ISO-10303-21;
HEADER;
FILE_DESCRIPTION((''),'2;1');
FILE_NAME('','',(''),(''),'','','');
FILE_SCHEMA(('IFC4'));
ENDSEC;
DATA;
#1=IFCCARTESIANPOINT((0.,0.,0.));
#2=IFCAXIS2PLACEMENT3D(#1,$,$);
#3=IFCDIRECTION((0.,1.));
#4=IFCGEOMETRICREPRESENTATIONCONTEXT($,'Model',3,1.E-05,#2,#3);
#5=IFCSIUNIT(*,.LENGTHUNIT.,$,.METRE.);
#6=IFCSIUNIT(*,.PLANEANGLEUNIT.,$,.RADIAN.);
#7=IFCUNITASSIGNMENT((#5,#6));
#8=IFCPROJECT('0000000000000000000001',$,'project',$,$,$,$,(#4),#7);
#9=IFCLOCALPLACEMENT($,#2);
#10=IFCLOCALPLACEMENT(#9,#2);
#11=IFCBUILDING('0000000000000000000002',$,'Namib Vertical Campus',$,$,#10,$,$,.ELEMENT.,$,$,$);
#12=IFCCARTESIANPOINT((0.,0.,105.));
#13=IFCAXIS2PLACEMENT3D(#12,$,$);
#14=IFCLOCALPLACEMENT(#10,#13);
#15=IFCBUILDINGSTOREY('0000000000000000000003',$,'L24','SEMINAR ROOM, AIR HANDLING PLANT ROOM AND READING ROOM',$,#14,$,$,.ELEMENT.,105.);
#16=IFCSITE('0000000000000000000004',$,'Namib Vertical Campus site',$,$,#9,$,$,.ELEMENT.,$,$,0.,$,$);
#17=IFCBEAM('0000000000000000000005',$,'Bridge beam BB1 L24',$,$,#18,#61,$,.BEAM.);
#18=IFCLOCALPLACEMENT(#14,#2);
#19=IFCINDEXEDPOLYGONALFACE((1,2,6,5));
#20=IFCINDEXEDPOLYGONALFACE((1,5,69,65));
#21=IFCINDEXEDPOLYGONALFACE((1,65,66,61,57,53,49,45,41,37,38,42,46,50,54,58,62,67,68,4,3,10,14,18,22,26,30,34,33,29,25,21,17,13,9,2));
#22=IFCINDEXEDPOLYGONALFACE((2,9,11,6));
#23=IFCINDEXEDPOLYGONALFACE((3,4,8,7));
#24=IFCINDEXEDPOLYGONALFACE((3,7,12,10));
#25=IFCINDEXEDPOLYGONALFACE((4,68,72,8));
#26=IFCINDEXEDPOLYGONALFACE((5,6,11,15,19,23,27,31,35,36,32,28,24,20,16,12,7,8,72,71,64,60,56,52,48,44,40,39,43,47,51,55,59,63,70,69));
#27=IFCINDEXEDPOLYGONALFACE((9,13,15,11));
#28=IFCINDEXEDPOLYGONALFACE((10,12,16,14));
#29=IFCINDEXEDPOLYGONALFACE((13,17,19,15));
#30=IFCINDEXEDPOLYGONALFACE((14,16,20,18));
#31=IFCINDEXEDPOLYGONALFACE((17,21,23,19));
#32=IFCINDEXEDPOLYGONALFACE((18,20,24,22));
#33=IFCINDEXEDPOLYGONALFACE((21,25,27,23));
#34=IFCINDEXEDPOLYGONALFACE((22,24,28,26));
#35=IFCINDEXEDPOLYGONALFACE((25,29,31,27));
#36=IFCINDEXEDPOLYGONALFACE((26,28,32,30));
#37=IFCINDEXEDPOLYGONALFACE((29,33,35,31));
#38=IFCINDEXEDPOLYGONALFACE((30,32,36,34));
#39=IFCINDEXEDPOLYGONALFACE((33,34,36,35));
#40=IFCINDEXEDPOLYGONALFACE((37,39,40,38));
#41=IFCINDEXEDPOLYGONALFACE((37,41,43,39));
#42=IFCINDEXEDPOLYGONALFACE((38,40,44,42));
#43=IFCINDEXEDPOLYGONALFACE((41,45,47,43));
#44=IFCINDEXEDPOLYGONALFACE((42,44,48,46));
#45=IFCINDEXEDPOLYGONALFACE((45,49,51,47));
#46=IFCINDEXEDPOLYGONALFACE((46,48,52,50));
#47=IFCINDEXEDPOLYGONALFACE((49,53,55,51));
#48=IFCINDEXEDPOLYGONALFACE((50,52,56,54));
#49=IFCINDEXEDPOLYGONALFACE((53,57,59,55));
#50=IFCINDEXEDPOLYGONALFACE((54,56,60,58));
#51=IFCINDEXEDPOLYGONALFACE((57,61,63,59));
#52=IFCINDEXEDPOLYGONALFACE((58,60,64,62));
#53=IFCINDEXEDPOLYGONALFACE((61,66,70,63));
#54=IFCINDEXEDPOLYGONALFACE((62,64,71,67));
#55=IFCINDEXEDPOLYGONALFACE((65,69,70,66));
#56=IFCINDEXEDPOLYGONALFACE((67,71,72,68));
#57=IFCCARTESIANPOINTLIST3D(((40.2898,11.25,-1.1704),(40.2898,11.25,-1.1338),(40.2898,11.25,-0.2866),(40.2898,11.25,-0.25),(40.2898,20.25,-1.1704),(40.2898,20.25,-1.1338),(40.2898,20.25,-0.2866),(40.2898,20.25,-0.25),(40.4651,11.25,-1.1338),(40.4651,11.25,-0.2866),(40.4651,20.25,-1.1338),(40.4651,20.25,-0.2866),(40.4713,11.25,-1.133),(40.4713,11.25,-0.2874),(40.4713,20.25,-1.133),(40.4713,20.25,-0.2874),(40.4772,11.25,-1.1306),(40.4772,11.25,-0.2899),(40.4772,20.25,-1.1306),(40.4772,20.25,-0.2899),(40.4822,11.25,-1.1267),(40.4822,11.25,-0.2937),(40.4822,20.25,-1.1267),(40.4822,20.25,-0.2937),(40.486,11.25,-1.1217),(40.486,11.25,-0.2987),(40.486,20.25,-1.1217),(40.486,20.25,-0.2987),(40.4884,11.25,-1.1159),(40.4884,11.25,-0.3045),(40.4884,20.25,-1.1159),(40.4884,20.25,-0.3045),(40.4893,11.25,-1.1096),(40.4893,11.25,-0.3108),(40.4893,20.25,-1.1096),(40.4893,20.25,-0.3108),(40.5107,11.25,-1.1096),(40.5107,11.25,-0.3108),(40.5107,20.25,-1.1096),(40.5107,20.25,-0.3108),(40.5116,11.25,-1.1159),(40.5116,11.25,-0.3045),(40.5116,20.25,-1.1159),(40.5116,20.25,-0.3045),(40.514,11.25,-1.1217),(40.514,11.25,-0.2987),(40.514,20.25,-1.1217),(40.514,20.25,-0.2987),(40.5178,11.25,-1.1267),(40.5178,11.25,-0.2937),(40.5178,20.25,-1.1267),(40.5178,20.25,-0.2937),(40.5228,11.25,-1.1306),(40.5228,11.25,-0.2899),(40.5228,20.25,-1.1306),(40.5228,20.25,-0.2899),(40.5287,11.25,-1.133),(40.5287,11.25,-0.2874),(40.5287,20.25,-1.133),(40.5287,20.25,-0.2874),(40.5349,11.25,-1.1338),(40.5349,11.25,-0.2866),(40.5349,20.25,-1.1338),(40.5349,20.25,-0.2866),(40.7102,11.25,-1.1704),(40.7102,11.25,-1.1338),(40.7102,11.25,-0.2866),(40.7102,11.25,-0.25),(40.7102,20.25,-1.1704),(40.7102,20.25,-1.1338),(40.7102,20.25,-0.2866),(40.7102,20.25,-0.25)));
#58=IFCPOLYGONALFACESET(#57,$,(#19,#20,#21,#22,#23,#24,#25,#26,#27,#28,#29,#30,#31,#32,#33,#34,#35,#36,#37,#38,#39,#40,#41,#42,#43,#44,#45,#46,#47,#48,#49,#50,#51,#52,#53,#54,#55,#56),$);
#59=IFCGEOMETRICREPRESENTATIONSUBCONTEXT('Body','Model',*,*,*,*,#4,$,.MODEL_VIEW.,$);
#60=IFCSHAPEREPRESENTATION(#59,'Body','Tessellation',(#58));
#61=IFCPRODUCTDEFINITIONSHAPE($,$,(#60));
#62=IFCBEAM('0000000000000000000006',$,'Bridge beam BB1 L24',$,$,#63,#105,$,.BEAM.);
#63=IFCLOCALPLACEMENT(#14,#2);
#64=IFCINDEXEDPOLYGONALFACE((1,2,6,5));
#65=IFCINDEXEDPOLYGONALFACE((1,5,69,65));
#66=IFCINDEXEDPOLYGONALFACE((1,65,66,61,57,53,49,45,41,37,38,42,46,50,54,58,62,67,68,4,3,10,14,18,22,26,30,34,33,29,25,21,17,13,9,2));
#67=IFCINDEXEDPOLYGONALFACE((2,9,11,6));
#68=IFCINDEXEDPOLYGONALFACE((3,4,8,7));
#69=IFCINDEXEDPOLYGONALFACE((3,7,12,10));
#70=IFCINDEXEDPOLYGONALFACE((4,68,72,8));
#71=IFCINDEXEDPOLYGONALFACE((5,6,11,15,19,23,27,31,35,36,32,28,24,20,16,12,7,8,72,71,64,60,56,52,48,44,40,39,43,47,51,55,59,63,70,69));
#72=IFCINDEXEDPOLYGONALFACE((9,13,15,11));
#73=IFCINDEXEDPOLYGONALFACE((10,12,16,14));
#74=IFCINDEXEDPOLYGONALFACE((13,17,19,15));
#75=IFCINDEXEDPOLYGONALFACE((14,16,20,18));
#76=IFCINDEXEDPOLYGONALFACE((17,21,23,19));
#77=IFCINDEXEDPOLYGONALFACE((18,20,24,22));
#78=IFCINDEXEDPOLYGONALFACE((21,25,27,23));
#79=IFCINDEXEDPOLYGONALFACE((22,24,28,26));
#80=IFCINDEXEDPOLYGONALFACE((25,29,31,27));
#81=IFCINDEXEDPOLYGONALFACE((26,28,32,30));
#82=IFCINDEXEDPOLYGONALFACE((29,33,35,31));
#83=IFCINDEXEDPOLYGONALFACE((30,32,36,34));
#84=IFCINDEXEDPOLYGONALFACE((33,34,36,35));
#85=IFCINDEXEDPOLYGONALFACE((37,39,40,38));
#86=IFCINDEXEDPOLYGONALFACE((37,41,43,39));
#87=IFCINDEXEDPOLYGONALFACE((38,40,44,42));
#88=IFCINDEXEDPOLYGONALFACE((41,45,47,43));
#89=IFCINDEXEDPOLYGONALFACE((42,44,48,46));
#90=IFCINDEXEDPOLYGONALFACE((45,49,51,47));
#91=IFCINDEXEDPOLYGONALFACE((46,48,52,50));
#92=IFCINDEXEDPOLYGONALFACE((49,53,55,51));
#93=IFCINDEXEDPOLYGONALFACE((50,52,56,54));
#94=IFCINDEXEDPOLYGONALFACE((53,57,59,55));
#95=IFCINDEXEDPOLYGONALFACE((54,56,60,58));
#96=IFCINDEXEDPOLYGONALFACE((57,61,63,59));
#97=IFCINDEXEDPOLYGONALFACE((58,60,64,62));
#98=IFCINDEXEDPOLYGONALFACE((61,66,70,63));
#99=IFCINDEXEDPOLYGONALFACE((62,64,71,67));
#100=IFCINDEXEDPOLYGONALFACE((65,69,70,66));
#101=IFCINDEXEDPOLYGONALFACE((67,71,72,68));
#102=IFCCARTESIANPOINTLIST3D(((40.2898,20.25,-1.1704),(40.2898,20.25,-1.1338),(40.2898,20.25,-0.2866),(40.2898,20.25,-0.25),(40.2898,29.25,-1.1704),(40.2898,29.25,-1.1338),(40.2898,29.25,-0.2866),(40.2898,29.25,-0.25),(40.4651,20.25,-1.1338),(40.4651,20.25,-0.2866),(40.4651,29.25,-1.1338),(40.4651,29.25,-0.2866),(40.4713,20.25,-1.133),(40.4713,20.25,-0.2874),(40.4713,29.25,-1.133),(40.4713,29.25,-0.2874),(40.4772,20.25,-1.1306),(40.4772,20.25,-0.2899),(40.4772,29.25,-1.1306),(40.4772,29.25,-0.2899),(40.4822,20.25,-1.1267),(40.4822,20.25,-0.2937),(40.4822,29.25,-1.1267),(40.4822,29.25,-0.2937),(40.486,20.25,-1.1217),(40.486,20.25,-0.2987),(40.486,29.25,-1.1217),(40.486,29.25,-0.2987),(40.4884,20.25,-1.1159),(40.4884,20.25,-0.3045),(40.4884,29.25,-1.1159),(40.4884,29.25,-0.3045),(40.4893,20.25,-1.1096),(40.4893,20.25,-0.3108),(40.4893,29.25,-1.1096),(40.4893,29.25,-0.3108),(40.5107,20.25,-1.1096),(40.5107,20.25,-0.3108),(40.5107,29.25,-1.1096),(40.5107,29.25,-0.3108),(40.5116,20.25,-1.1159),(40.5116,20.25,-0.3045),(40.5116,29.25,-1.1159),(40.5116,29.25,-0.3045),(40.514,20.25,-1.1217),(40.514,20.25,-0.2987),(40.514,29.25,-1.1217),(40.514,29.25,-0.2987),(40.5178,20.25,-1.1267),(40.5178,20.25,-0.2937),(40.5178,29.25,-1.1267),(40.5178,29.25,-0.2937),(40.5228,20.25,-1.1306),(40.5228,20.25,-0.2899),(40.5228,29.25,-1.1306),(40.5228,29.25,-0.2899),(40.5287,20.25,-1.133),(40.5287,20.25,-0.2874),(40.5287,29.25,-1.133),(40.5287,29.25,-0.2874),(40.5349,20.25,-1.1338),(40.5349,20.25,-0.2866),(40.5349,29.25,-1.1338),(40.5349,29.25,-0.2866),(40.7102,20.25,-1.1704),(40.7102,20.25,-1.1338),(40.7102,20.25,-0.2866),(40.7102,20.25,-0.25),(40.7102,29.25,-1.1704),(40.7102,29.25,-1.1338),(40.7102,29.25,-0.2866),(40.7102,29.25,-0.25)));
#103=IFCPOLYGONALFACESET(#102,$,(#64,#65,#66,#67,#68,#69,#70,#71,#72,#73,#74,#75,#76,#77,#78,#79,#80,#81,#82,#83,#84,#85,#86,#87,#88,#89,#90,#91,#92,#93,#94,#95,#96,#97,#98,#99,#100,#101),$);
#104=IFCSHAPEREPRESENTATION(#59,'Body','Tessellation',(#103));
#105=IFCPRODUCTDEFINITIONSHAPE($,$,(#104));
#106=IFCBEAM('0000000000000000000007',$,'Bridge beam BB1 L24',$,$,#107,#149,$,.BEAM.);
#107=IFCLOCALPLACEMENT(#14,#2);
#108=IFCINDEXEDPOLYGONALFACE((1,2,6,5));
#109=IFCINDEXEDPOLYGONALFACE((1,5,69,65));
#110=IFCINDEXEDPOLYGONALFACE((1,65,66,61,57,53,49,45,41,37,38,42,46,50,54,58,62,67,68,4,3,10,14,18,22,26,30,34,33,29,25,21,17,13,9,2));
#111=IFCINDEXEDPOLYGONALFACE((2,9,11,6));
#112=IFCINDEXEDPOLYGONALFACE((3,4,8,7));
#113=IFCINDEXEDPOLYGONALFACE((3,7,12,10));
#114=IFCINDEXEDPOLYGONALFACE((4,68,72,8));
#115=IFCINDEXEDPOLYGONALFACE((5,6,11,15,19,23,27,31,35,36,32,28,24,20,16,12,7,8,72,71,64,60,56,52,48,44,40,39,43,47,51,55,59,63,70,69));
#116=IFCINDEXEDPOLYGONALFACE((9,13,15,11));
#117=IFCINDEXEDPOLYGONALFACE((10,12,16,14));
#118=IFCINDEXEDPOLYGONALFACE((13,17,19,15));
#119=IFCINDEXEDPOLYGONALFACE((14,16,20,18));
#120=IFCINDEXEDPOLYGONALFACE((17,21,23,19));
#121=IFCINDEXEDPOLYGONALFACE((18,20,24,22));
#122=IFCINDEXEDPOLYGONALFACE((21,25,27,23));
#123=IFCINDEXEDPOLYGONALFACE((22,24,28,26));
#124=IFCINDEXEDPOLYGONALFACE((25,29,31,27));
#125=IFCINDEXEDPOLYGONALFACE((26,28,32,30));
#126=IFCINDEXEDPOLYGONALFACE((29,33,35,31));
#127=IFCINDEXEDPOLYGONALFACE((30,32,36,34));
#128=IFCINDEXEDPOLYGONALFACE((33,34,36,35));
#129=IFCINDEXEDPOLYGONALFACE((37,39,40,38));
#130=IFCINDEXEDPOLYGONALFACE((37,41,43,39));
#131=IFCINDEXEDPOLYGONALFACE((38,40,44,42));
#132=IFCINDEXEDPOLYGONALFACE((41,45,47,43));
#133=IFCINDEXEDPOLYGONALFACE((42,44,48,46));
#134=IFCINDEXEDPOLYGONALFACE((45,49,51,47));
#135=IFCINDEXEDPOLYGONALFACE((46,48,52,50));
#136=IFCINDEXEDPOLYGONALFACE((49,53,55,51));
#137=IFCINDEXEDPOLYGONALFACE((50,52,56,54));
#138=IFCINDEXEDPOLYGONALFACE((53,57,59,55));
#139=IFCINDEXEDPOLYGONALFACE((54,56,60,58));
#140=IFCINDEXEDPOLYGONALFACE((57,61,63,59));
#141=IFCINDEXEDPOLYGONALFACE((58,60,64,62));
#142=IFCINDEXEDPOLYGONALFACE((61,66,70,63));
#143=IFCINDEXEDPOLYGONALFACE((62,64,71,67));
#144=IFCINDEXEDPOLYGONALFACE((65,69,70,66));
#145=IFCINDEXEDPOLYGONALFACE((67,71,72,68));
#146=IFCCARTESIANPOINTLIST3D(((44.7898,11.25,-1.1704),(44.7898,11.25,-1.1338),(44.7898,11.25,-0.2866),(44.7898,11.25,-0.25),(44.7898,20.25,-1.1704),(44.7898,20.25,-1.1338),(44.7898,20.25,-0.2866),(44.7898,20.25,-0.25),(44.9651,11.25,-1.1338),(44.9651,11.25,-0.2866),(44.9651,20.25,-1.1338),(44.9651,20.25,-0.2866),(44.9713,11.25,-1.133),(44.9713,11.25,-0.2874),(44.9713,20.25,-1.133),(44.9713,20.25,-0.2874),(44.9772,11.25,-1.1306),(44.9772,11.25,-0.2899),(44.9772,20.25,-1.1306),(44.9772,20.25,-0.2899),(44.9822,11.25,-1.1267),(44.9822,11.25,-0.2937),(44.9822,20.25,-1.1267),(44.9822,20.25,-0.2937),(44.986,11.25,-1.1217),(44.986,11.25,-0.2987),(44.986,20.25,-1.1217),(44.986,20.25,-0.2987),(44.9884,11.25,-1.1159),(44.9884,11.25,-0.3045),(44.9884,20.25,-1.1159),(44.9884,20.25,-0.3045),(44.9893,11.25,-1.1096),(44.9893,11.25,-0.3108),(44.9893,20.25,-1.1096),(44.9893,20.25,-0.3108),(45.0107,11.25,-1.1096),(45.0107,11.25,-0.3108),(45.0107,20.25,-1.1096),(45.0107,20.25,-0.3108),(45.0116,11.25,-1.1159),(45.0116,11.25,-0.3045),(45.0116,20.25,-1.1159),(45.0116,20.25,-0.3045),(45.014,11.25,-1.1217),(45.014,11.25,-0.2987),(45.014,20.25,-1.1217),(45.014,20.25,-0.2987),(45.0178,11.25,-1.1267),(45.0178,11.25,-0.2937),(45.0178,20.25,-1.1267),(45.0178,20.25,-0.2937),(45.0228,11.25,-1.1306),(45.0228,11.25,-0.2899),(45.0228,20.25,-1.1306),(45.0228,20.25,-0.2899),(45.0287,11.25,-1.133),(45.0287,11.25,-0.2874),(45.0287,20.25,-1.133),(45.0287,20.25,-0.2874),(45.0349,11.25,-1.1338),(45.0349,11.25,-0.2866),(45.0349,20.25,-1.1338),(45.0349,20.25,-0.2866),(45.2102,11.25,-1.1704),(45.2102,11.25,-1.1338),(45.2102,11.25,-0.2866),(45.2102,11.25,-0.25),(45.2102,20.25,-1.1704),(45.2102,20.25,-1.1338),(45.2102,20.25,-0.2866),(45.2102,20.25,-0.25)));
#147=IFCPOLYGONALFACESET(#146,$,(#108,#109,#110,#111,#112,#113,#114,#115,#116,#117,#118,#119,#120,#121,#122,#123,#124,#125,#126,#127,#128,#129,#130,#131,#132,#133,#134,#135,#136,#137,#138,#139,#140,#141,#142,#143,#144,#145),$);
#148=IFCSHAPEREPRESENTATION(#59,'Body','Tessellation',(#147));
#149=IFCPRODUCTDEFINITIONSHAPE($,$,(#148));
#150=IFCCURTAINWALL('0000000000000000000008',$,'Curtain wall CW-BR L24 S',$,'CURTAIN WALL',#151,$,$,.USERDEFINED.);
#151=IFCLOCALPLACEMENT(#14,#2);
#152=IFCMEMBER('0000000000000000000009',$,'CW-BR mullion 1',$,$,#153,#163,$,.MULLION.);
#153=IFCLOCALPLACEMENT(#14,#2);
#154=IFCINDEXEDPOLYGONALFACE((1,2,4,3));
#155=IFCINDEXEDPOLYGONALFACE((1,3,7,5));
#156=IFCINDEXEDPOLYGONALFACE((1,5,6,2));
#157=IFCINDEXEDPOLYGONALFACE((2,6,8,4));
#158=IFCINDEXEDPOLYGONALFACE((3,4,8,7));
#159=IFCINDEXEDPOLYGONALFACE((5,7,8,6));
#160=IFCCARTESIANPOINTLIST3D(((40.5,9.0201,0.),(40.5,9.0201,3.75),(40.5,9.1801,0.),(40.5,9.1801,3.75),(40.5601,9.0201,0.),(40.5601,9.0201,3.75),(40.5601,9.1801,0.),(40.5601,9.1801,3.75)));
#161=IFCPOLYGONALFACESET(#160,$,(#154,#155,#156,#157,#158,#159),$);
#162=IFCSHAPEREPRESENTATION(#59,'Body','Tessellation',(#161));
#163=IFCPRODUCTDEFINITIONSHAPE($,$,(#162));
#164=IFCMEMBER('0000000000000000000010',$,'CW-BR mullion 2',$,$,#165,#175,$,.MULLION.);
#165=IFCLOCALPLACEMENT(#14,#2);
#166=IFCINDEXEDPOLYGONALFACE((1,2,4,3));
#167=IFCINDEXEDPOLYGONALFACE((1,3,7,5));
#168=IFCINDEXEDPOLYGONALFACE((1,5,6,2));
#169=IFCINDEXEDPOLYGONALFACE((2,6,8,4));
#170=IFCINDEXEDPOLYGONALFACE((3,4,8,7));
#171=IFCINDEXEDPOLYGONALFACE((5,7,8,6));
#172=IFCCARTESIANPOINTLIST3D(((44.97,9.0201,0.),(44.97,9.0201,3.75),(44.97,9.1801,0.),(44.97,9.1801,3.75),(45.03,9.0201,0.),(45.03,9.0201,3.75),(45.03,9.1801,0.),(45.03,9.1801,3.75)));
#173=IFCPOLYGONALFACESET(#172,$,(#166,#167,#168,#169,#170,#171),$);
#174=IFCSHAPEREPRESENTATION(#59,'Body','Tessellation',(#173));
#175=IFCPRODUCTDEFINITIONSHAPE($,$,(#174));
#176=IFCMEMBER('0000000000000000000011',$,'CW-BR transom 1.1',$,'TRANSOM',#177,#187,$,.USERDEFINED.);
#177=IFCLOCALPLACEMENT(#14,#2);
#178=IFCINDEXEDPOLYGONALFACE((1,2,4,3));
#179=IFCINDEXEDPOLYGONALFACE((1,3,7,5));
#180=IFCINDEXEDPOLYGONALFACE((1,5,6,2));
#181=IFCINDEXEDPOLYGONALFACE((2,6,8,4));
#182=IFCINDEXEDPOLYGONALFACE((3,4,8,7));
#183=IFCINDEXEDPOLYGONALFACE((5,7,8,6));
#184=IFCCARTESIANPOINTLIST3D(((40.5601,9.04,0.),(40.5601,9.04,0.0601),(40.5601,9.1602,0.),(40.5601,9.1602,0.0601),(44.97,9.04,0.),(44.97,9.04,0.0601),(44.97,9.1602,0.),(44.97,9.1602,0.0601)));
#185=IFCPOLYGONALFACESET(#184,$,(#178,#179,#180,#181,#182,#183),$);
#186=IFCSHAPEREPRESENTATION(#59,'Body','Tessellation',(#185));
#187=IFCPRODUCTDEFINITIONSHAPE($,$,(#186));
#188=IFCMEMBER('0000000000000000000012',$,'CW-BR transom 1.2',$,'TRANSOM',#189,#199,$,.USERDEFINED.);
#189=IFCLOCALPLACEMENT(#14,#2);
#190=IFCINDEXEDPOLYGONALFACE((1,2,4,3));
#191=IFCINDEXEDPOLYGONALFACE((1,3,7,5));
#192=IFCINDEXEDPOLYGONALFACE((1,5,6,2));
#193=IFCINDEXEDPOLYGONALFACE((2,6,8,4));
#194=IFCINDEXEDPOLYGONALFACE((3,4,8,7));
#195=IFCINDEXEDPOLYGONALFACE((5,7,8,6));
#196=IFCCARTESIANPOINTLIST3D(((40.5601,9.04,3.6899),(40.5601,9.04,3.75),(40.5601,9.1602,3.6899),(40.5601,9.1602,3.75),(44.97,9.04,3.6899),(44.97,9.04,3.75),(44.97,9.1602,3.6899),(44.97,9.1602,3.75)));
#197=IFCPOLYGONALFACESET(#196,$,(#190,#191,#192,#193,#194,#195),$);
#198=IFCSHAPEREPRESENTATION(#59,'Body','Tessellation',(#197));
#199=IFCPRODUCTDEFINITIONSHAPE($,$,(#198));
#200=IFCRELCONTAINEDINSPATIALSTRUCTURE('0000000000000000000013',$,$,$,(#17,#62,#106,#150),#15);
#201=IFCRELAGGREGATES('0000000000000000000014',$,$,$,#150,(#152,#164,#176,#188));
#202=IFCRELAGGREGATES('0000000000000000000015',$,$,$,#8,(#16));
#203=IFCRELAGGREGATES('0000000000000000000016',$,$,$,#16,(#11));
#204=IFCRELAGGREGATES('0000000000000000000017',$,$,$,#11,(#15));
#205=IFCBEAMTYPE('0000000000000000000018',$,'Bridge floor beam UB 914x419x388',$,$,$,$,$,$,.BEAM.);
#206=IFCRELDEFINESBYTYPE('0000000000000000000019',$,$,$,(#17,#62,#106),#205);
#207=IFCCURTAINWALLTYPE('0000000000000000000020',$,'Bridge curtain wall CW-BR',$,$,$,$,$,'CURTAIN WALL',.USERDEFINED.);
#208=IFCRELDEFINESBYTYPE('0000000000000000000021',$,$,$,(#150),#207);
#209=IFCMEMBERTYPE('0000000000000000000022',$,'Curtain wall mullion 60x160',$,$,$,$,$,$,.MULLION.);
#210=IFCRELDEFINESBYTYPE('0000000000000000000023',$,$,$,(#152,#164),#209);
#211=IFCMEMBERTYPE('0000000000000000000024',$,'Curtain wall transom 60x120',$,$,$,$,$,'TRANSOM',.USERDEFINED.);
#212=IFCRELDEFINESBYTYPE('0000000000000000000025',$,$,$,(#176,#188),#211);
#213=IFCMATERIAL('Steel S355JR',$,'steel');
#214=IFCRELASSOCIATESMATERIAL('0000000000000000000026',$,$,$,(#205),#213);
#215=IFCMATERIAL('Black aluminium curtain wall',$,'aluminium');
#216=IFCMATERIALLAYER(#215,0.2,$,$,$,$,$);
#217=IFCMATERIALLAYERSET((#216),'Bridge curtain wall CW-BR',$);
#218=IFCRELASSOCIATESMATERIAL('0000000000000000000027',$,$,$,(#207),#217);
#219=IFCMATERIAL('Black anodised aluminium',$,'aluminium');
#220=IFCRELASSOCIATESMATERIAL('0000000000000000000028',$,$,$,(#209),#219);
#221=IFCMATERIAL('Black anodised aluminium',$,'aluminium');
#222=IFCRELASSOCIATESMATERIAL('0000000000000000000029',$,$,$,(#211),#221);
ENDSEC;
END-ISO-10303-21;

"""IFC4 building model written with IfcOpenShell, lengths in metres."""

from ifc_helpers import new_model, si_unit, direction, frame, origin, origin_2d, place, context, subcontext, project, spatial, rectangle, i_section, extrude, material, layer, layer_set, material_profile, profile_set, type_object, element, aggregate, save


model = new_model("IFC4")

# Units and contexts
model_context = context("Model", 3, precision=1e-05, world=origin(), true_north=direction((0.0, 1.0)))
body_context = subcontext(model_context, "Body", "Model", "MODEL_VIEW")
ifc_project = project(units=[si_unit("LENGTHUNIT", "METRE"), si_unit("PLANEANGLEUNIT", "RADIAN")], contexts=[model_context])

# Site, building, storey
site_placement = place(None, origin())
site = spatial("IfcSite", under=ifc_project, at=site_placement, Name="Namib Vertical Campus site", CompositionType="ELEMENT", RefElevation=0.0)
building_placement = place(site_placement, origin())
building = spatial("IfcBuilding", under=site, at=building_placement, Name="Namib Vertical Campus", CompositionType="ELEMENT")
storey_placement = place(building_placement, frame((0.0, 0.0, 105.0)))
storey = spatial("IfcBuildingStorey", under=building, at=storey_placement, Name="L24", Description="SEMINAR ROOM, AIR HANDLING PLANT ROOM AND READING ROOM", CompositionType="ELEMENT", Elevation=105.0)

# Beams
ifc_material_1 = material(Name="Steel S355JR", Category="steel")
ifc_material_profile_1 = material_profile(ifc_material_1, i_section(OverallWidth=0.4204, OverallDepth=0.9204, WebThickness=0.0215, FlangeThickness=0.0366, FilletRadius=0.0242, at=origin_2d()))
ifc_profile_set_1 = profile_set([ifc_material_profile_1], Name="Steel S355JR")
beam_type_1 = type_object("IfcBeamType", Name="Bridge floor beam UB 914x419x388", PredefinedType="BEAM", material=ifc_profile_set_1)
for number, where, z_axis, x_axis, name in (
    (1, (40.5, 11.25, -0.7102), (0.0, 1.0, 0.0), (-1.0, 0.0, 0.0), "Bridge beam BB1 L24"),
    (2, (40.5, 20.25, -0.7102), (0.0, 1.0, 0.0), (-1.0, 0.0, 0.0), "Bridge beam BB1 L24"),
    (3, (45.0, 11.25, -0.7102), (0.0, 1.0, 0.0), (-1.0, 0.0, 0.0), "Bridge beam BB1 L24"),
):
    element("IfcBeam", number, at=place(storey_placement, frame(where, z_axis=z_axis, x_axis=x_axis)), inside=storey, type_object=beam_type_1, Name=name, PredefinedType="BEAM", context=body_context, shape_type="SweptSolid", body=[
        extrude(i_section(OverallWidth=0.4204, OverallDepth=0.9204, WebThickness=0.0215, FlangeThickness=0.0366, FilletRadius=0.0242, at=origin_2d()), origin(), (0.0, 0.0, 1.0), 9.0),
    ])

# Curtain wall, members
ifc_material_2 = material(Name="Black aluminium curtain wall", Category="aluminium")
ifc_layer_1 = layer(ifc_material_2, 0.2)
ifc_layer_set_1 = layer_set([ifc_layer_1], Name="Bridge curtain wall CW-BR")
curtain_wall_type = type_object("IfcCurtainWallType", Name="Bridge curtain wall CW-BR", ElementType="CURTAIN WALL", PredefinedType="USERDEFINED", material=ifc_layer_set_1)
curtain_wall_placement = place(storey_placement, origin())
curtain_wall = element("IfcCurtainWall", 4, at=curtain_wall_placement, inside=storey, type_object=curtain_wall_type, Name="Curtain wall CW-BR L24 S", ObjectType="CURTAIN WALL", PredefinedType="USERDEFINED")
ifc_material_3 = material(Name="Black anodised aluminium", Category="aluminium")
ifc_material_profile_2 = material_profile(ifc_material_3, rectangle(XDim=0.0601, YDim=0.1599, at=origin_2d()))
ifc_profile_set_2 = profile_set([ifc_material_profile_2], Name="Black anodised aluminium")
member_type_1 = type_object("IfcMemberType", Name="Curtain wall mullion 60x160", PredefinedType="MULLION", material=ifc_profile_set_2)
member_1_placement = place(storey_placement, frame((40.53, 9.1001, 0.0), z_axis=(0.0, 0.0, 1.0), x_axis=(1.0, 0.0, 0.0)))
member_1 = element("IfcMember", 5, at=member_1_placement, type_object=member_type_1, Name="CW-BR mullion 1", PredefinedType="MULLION", context=body_context, shape_type="SweptSolid", body=[
    extrude(rectangle(XDim=0.0601, YDim=0.1599, at=origin_2d()), origin(), (0.0, 0.0, 1.0), 3.75),
])
member_2_placement = place(storey_placement, frame((45.0, 9.1001, 0.0), z_axis=(0.0, 0.0, 1.0), x_axis=(1.0, 0.0, 0.0)))
member_2 = element("IfcMember", 6, at=member_2_placement, type_object=member_type_1, Name="CW-BR mullion 2", PredefinedType="MULLION", context=body_context, shape_type="SweptSolid", body=[
    extrude(rectangle(XDim=0.0601, YDim=0.1599, at=origin_2d()), origin(), (0.0, 0.0, 1.0), 3.75),
])
ifc_material_4 = material(Name="Black anodised aluminium", Category="aluminium")
ifc_material_profile_3 = material_profile(ifc_material_4, rectangle(XDim=0.0601, YDim=0.1201, at=origin_2d()))
ifc_profile_set_3 = profile_set([ifc_material_profile_3], Name="Black anodised aluminium")
member_type_2 = type_object("IfcMemberType", Name="Curtain wall transom 60x120", ElementType="TRANSOM", PredefinedType="USERDEFINED", material=ifc_profile_set_3)
member_3_placement = place(storey_placement, frame((40.5601, 9.1001, 0.03), z_axis=(1.0, 0.0, 0.0), x_axis=(0.0, 0.0, 1.0)))
member_3 = element("IfcMember", 7, at=member_3_placement, type_object=member_type_2, Name="CW-BR transom 1.1", ObjectType="TRANSOM", PredefinedType="USERDEFINED", context=body_context, shape_type="SweptSolid", body=[
    extrude(rectangle(XDim=0.0601, YDim=0.1201, at=origin_2d()), origin(), (0.0, 0.0, 1.0), 4.4099),
])
member_4_placement = place(storey_placement, frame((40.5601, 9.1001, 3.72), z_axis=(1.0, 0.0, 0.0), x_axis=(0.0, 0.0, 1.0)))
member_4 = element("IfcMember", 8, at=member_4_placement, type_object=member_type_2, Name="CW-BR transom 1.2", ObjectType="TRANSOM", PredefinedType="USERDEFINED", context=body_context, shape_type="SweptSolid", body=[
    extrude(rectangle(XDim=0.0601, YDim=0.1201, at=origin_2d()), origin(), (0.0, 0.0, 1.0), 4.4099),
])

aggregate(curtain_wall, [member_1, member_2, member_3, member_4])

save(model, "model.ifc")
